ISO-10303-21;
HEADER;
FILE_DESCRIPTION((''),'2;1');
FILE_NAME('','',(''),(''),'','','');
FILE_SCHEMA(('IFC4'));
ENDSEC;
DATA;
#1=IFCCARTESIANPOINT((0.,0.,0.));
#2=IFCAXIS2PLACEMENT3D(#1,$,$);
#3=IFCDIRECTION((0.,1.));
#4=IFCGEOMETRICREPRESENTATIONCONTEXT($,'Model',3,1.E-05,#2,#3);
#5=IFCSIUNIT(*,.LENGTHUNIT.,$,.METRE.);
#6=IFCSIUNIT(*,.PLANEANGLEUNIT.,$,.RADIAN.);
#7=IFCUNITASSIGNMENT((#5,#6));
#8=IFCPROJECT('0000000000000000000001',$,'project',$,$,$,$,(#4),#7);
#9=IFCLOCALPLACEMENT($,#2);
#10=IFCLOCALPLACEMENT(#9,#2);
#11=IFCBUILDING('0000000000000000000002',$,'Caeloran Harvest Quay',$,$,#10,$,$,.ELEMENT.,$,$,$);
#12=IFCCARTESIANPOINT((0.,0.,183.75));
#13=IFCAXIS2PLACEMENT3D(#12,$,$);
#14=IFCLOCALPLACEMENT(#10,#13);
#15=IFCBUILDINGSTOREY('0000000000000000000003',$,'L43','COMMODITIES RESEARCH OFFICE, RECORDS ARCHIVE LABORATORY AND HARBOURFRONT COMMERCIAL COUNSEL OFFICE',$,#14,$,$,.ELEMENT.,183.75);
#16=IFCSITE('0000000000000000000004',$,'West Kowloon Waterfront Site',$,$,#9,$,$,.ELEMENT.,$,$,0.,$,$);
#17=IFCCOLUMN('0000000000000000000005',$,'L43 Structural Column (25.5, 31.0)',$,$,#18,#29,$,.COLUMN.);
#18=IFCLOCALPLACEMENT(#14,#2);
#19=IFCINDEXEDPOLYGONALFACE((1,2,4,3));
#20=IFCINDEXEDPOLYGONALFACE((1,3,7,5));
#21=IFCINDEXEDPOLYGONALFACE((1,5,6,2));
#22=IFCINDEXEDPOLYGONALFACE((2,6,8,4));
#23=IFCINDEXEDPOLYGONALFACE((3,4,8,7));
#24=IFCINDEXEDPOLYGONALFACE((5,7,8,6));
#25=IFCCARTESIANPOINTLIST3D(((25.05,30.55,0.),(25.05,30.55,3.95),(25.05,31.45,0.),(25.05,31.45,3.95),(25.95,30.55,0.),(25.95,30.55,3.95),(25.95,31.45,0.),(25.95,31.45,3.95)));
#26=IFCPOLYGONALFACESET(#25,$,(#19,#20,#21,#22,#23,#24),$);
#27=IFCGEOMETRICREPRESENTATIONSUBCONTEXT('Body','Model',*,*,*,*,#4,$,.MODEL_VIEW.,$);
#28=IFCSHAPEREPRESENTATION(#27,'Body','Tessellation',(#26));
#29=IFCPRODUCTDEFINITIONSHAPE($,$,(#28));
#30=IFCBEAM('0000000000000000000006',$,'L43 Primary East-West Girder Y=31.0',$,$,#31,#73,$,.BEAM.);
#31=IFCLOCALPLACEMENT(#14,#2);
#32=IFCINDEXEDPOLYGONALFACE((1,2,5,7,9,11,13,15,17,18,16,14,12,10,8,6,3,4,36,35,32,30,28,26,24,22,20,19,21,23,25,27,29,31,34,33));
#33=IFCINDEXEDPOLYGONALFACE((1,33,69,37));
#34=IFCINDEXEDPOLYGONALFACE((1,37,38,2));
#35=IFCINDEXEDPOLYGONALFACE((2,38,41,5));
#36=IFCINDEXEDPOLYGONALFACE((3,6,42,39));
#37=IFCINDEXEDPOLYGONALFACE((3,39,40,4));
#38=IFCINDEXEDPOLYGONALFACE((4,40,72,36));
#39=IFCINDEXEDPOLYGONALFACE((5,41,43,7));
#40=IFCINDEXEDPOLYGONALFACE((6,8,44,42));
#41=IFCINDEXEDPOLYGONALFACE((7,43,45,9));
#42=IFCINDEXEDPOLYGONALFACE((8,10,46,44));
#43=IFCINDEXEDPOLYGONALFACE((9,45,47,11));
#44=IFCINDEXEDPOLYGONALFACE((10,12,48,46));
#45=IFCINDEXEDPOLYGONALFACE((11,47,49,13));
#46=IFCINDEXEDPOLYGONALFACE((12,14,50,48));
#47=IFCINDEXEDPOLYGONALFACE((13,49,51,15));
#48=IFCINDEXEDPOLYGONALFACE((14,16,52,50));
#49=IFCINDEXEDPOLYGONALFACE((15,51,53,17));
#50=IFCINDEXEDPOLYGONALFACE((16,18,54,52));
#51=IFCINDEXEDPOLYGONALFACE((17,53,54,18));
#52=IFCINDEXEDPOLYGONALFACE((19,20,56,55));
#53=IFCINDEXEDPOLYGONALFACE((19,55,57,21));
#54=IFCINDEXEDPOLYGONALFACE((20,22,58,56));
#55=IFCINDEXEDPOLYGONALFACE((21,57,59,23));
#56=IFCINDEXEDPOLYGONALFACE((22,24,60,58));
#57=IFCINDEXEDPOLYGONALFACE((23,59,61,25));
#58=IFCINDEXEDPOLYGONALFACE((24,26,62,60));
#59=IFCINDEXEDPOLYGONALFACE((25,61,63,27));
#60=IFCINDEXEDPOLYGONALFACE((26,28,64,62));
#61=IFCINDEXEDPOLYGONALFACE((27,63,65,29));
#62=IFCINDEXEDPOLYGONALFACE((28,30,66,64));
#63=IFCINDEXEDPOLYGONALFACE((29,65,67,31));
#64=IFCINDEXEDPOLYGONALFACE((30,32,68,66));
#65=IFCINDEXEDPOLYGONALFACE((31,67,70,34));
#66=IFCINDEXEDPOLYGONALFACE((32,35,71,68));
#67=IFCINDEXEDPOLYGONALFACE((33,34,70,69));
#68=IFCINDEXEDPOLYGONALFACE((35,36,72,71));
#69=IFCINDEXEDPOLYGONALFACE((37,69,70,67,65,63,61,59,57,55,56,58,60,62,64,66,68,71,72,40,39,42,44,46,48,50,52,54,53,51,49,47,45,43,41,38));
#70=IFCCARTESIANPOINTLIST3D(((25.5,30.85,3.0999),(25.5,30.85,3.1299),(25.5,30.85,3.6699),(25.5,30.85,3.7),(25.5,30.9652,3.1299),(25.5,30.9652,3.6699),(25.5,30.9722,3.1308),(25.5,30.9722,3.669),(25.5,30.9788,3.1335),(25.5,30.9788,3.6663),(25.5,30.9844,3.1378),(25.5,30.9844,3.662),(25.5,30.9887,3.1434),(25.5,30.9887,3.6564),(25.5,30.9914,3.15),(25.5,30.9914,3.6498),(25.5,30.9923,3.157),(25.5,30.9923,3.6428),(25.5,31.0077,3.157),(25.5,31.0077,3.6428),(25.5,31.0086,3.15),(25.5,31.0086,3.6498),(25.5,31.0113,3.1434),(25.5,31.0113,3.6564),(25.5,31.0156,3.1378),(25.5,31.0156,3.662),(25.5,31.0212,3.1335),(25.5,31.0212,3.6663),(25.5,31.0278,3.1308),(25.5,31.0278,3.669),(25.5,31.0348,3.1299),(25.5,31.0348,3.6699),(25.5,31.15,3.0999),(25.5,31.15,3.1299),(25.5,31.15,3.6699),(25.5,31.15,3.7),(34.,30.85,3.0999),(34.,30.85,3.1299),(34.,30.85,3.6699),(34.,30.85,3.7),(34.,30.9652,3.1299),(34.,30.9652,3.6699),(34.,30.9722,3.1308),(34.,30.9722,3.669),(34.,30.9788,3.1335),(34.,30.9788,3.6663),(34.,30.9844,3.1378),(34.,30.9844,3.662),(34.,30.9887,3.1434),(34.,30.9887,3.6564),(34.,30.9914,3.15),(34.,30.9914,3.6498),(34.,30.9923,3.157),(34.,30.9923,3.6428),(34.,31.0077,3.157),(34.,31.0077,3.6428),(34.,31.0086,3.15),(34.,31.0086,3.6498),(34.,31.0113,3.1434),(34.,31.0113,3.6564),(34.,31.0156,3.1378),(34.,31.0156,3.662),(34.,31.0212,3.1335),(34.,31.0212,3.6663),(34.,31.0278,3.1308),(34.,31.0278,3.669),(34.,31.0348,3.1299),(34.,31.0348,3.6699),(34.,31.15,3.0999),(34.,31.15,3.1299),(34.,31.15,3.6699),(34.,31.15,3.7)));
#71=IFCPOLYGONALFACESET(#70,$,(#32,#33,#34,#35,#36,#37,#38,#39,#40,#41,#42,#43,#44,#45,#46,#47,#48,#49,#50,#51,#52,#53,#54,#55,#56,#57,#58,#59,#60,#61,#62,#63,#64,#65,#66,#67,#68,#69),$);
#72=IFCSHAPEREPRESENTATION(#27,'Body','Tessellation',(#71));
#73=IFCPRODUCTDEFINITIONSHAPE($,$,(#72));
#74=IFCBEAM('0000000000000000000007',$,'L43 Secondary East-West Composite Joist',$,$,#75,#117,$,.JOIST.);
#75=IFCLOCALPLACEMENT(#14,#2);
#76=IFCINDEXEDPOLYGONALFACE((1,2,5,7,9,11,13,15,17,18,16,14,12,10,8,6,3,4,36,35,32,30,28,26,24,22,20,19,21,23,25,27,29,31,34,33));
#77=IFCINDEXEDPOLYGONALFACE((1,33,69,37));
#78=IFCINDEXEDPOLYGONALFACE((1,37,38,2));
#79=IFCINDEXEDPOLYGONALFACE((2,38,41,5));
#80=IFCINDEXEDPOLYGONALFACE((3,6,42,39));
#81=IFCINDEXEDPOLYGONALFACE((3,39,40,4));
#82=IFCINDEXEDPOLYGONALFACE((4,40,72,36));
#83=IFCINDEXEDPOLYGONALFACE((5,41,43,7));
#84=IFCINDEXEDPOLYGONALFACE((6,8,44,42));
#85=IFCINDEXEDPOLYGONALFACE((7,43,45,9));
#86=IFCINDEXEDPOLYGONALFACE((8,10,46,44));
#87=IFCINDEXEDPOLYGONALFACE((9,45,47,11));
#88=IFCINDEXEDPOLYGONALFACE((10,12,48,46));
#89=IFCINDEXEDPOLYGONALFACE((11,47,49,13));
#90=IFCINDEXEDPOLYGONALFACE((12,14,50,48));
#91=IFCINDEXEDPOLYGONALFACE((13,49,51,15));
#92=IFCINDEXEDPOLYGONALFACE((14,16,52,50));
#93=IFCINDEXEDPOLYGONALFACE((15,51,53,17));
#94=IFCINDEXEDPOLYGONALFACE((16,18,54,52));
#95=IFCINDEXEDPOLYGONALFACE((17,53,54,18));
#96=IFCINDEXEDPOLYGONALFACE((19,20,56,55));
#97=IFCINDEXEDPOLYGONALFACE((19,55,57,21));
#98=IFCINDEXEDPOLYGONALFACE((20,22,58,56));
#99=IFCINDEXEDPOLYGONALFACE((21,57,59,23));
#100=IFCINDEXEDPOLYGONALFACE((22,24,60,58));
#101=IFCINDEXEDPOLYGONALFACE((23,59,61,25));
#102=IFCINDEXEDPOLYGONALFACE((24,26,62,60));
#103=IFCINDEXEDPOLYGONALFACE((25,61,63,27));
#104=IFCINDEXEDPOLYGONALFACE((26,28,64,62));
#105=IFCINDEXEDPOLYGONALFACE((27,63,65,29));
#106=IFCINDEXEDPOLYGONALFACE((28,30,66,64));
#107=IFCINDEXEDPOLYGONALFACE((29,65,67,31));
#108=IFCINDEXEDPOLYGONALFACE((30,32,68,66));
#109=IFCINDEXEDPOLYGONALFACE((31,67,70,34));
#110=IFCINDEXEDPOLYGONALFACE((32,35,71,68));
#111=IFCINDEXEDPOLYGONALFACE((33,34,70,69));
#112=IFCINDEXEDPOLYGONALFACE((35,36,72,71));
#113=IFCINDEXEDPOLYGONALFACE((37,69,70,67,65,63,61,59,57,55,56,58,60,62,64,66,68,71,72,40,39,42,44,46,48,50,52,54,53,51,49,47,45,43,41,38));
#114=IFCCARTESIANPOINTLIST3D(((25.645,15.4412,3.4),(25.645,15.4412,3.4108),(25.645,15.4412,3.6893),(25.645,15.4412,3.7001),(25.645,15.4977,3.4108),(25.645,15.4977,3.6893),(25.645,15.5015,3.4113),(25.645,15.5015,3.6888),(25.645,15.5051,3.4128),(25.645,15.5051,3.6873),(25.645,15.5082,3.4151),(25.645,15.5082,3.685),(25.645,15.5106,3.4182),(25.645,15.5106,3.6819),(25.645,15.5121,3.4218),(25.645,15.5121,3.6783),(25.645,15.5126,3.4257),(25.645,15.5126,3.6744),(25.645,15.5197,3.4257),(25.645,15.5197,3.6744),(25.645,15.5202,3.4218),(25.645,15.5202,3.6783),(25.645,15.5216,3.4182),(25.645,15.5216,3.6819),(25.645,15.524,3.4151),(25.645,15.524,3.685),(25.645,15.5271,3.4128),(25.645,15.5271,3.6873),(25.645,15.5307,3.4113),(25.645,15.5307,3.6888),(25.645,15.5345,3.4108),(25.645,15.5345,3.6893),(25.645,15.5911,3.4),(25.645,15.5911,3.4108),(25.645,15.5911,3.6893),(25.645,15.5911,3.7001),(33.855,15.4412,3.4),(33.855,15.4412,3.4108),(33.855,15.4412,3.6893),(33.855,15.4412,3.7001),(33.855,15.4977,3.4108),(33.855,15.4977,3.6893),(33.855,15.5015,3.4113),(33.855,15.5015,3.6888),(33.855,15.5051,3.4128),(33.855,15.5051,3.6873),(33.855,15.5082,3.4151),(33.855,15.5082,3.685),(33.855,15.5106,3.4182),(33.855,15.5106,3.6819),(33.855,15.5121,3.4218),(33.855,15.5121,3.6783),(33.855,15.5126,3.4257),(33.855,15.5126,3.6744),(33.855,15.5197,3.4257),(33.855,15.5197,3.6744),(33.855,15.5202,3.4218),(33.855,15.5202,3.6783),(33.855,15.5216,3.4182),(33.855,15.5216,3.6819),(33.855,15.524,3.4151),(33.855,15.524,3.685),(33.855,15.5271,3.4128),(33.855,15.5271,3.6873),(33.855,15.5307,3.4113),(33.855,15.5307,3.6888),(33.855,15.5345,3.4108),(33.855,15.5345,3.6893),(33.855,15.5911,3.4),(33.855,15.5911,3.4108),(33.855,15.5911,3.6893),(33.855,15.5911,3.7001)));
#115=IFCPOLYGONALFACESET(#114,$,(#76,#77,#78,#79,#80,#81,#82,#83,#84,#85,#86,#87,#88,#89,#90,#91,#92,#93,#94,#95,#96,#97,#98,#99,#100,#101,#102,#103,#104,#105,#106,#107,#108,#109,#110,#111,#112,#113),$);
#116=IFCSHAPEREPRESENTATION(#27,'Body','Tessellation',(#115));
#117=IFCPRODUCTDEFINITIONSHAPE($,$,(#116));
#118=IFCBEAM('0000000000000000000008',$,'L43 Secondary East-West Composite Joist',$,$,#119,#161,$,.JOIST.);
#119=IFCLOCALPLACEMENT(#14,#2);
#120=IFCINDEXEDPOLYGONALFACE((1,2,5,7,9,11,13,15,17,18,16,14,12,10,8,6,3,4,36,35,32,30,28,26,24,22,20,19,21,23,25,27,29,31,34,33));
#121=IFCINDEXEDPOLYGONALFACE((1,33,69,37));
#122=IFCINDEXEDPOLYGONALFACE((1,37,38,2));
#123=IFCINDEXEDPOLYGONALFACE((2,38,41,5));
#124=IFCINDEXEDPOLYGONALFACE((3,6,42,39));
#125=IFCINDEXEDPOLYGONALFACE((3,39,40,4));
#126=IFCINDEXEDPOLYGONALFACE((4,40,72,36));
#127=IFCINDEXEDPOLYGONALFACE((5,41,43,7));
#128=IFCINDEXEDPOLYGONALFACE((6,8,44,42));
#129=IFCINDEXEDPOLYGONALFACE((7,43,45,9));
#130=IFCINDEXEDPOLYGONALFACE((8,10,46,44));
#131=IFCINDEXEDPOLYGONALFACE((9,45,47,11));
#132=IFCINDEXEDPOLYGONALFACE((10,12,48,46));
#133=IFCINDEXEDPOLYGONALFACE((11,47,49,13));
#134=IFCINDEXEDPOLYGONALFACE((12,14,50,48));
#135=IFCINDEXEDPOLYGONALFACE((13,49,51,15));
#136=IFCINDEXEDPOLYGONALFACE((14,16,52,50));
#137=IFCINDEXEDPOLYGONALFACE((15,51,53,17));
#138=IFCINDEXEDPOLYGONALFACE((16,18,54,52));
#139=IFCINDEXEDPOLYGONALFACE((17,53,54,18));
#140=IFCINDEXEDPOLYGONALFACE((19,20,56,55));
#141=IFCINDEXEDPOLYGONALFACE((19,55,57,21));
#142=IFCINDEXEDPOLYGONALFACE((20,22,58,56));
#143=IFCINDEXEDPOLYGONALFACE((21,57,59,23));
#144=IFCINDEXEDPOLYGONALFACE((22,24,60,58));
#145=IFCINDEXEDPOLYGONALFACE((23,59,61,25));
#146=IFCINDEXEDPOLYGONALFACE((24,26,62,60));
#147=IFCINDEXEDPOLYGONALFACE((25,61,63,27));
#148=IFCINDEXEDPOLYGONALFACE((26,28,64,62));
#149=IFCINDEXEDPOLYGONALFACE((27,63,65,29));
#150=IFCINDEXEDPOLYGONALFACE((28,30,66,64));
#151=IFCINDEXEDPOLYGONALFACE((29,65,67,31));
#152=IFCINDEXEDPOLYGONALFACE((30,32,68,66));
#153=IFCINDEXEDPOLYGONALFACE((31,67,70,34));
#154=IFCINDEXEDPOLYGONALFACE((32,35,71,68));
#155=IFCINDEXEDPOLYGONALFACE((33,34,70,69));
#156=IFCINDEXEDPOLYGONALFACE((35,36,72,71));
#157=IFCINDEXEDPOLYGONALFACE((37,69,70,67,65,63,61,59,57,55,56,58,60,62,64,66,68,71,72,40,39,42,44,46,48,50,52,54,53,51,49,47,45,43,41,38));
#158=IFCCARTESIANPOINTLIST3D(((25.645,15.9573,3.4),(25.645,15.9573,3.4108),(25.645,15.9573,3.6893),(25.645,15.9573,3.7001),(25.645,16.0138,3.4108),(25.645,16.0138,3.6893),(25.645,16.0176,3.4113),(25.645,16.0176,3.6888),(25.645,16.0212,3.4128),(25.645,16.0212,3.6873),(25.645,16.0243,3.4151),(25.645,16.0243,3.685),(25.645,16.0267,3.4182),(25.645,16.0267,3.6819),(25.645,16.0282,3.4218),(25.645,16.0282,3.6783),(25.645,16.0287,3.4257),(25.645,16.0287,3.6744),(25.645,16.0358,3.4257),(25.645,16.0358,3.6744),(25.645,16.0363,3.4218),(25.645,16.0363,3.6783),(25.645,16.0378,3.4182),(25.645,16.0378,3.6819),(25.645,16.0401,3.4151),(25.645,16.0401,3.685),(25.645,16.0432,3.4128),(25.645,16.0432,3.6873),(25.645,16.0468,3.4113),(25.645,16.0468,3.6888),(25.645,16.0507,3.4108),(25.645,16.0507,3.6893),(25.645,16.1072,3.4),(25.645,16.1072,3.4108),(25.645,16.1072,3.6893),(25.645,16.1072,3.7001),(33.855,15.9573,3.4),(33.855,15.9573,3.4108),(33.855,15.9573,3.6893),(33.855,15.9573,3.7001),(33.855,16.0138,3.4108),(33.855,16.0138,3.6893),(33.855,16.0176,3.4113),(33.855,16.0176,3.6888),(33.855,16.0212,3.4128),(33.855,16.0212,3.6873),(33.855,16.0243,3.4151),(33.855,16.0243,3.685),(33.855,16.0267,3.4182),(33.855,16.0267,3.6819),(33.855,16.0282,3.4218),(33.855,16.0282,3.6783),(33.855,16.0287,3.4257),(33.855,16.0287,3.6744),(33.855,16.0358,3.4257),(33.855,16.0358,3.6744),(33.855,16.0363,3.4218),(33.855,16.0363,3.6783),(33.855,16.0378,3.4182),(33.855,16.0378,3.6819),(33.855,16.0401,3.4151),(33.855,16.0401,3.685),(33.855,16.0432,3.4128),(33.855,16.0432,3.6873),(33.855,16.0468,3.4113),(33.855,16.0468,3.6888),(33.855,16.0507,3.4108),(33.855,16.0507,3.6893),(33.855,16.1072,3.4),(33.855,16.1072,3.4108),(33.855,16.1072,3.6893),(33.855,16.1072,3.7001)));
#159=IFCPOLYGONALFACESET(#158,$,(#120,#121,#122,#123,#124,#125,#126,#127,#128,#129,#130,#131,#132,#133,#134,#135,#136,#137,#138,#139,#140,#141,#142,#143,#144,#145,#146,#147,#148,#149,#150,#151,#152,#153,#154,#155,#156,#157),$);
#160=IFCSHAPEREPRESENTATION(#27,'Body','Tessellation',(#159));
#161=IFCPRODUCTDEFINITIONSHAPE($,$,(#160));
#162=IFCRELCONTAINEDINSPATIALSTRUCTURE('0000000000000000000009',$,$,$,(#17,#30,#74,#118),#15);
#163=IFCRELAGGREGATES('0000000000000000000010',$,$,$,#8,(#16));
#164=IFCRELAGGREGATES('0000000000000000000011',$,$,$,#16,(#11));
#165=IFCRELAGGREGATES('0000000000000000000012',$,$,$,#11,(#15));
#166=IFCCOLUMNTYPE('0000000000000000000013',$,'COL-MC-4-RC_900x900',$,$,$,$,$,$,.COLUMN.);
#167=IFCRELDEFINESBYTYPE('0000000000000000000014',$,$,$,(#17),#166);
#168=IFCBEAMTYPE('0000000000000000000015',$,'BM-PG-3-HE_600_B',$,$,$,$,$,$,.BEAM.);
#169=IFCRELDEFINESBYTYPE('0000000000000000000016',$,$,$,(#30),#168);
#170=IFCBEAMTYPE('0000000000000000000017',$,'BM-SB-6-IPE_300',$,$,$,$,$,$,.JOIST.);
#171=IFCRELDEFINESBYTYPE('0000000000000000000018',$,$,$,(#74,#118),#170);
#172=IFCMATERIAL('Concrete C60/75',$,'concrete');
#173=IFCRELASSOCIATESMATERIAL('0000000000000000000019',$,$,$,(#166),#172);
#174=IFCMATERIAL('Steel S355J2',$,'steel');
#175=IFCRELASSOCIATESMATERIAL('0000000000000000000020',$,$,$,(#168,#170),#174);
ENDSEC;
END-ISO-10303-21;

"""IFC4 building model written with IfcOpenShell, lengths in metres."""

from ifc_helpers import new_model, si_unit, direction, frame, origin, origin_2d, place, context, subcontext, project, spatial, rectangle, i_section, extrude, material, material_profile, profile_set, type_object, element, save


model = new_model("IFC4")

# Units and contexts
model_context = context("Model", 3, precision=1e-05, world=origin(), true_north=direction((0.0, 1.0)))
body_context = subcontext(model_context, "Body", "Model", "MODEL_VIEW")
ifc_project = project(units=[si_unit("LENGTHUNIT", "METRE"), si_unit("PLANEANGLEUNIT", "RADIAN")], contexts=[model_context])

# Site, building, storey
site_placement = place(None, origin())
site = spatial("IfcSite", under=ifc_project, at=site_placement, Name="West Kowloon Waterfront Site", CompositionType="ELEMENT", RefElevation=0.0)
building_placement = place(site_placement, origin())
building = spatial("IfcBuilding", under=site, at=building_placement, Name="Caeloran Harvest Quay", CompositionType="ELEMENT")
storey_placement = place(building_placement, frame((0.0, 0.0, 183.75)))
storey = spatial("IfcBuildingStorey", under=building, at=storey_placement, Name="L43", Description="COMMODITIES RESEARCH OFFICE, RECORDS ARCHIVE LABORATORY AND HARBOURFRONT COMMERCIAL COUNSEL OFFICE", CompositionType="ELEMENT", Elevation=183.75)

# Column
ifc_material_1 = material(Name="Concrete C60/75", Category="concrete")
ifc_material_profile_1 = material_profile(ifc_material_1, rectangle(XDim=0.8999, YDim=0.8999, at=origin_2d()), Name="RC 900x900")
ifc_profile_set_1 = profile_set([ifc_material_profile_1], Name="Concrete C60/75")
column_type = type_object("IfcColumnType", Name="COL-MC-4-RC_900x900", PredefinedType="COLUMN", material=ifc_profile_set_1)
column_placement = place(storey_placement, frame((25.5, 31.0, 0.0), z_axis=(0.0, 0.0, 1.0), x_axis=(1.0, 0.0, 0.0)))
element("IfcColumn", 1, at=column_placement, inside=storey, type_object=column_type, Name="L43 Structural Column (25.5, 31.0)", PredefinedType="COLUMN", context=body_context, shape_type="SweptSolid", body=[
    extrude(rectangle(XDim=0.8999, YDim=0.8999, at=origin_2d()), origin(), (0.0, 0.0, 1.0), 3.95),
])

# Beams
ifc_material_2 = material(Name="Steel S355J2", Category="steel")
ifc_material_profile_2 = material_profile(ifc_material_2, i_section(OverallWidth=0.3, OverallDepth=0.6001, WebThickness=0.0154, FlangeThickness=0.03, FilletRadius=0.0271, at=origin_2d()), Name="HE 600 B")
ifc_profile_set_2 = profile_set([ifc_material_profile_2], Name="Steel S355J2")
beam_type_1 = type_object("IfcBeamType", Name="BM-PG-3-HE_600_B", PredefinedType="BEAM", material=ifc_profile_set_2)
beam_placement = place(storey_placement, frame((25.5, 31.0, 3.3999), z_axis=(1.0, 0.0, 0.0), x_axis=(0.0, 1.0, 0.0)))
element("IfcBeam", 2, at=beam_placement, inside=storey, type_object=beam_type_1, Name="L43 Primary East-West Girder Y=31.0", PredefinedType="BEAM", context=body_context, shape_type="SweptSolid", body=[
    extrude(i_section(OverallWidth=0.3, OverallDepth=0.6001, WebThickness=0.0154, FlangeThickness=0.03, FilletRadius=0.0271, at=origin_2d()), origin(), (0.0, 0.0, 1.0), 8.5),
])
ifc_material_profile_3 = material_profile(ifc_material_2, i_section(OverallWidth=0.1499, OverallDepth=0.3, WebThickness=0.0071, FlangeThickness=0.0107, FilletRadius=0.0149, at=origin_2d()), Name="IPE 300")
ifc_profile_set_3 = profile_set([ifc_material_profile_3], Name="Steel S355J2")
beam_type_2 = type_object("IfcBeamType", Name="BM-SB-6-IPE_300", PredefinedType="JOIST", material=ifc_profile_set_3)
for number, where, z_axis, x_axis, name in (
    (3, (25.645, 15.5161, 3.55), (1.0, 0.0, 0.0), (0.0, 1.0, 0.0), "L43 Secondary East-West Composite Joist"),
    (4, (25.645, 16.0322, 3.55), (1.0, 0.0, 0.0), (0.0, 1.0, 0.0), "L43 Secondary East-West Composite Joist"),
):
    element("IfcBeam", number, at=place(storey_placement, frame(where, z_axis=z_axis, x_axis=x_axis)), inside=storey, type_object=beam_type_2, Name=name, PredefinedType="JOIST", context=body_context, shape_type="SweptSolid", body=[
        extrude(i_section(OverallWidth=0.1499, OverallDepth=0.3, WebThickness=0.0071, FlangeThickness=0.0107, FilletRadius=0.0149, at=origin_2d()), origin(), (0.0, 0.0, 1.0), 8.21),
    ])

save(model, "model.ifc")
